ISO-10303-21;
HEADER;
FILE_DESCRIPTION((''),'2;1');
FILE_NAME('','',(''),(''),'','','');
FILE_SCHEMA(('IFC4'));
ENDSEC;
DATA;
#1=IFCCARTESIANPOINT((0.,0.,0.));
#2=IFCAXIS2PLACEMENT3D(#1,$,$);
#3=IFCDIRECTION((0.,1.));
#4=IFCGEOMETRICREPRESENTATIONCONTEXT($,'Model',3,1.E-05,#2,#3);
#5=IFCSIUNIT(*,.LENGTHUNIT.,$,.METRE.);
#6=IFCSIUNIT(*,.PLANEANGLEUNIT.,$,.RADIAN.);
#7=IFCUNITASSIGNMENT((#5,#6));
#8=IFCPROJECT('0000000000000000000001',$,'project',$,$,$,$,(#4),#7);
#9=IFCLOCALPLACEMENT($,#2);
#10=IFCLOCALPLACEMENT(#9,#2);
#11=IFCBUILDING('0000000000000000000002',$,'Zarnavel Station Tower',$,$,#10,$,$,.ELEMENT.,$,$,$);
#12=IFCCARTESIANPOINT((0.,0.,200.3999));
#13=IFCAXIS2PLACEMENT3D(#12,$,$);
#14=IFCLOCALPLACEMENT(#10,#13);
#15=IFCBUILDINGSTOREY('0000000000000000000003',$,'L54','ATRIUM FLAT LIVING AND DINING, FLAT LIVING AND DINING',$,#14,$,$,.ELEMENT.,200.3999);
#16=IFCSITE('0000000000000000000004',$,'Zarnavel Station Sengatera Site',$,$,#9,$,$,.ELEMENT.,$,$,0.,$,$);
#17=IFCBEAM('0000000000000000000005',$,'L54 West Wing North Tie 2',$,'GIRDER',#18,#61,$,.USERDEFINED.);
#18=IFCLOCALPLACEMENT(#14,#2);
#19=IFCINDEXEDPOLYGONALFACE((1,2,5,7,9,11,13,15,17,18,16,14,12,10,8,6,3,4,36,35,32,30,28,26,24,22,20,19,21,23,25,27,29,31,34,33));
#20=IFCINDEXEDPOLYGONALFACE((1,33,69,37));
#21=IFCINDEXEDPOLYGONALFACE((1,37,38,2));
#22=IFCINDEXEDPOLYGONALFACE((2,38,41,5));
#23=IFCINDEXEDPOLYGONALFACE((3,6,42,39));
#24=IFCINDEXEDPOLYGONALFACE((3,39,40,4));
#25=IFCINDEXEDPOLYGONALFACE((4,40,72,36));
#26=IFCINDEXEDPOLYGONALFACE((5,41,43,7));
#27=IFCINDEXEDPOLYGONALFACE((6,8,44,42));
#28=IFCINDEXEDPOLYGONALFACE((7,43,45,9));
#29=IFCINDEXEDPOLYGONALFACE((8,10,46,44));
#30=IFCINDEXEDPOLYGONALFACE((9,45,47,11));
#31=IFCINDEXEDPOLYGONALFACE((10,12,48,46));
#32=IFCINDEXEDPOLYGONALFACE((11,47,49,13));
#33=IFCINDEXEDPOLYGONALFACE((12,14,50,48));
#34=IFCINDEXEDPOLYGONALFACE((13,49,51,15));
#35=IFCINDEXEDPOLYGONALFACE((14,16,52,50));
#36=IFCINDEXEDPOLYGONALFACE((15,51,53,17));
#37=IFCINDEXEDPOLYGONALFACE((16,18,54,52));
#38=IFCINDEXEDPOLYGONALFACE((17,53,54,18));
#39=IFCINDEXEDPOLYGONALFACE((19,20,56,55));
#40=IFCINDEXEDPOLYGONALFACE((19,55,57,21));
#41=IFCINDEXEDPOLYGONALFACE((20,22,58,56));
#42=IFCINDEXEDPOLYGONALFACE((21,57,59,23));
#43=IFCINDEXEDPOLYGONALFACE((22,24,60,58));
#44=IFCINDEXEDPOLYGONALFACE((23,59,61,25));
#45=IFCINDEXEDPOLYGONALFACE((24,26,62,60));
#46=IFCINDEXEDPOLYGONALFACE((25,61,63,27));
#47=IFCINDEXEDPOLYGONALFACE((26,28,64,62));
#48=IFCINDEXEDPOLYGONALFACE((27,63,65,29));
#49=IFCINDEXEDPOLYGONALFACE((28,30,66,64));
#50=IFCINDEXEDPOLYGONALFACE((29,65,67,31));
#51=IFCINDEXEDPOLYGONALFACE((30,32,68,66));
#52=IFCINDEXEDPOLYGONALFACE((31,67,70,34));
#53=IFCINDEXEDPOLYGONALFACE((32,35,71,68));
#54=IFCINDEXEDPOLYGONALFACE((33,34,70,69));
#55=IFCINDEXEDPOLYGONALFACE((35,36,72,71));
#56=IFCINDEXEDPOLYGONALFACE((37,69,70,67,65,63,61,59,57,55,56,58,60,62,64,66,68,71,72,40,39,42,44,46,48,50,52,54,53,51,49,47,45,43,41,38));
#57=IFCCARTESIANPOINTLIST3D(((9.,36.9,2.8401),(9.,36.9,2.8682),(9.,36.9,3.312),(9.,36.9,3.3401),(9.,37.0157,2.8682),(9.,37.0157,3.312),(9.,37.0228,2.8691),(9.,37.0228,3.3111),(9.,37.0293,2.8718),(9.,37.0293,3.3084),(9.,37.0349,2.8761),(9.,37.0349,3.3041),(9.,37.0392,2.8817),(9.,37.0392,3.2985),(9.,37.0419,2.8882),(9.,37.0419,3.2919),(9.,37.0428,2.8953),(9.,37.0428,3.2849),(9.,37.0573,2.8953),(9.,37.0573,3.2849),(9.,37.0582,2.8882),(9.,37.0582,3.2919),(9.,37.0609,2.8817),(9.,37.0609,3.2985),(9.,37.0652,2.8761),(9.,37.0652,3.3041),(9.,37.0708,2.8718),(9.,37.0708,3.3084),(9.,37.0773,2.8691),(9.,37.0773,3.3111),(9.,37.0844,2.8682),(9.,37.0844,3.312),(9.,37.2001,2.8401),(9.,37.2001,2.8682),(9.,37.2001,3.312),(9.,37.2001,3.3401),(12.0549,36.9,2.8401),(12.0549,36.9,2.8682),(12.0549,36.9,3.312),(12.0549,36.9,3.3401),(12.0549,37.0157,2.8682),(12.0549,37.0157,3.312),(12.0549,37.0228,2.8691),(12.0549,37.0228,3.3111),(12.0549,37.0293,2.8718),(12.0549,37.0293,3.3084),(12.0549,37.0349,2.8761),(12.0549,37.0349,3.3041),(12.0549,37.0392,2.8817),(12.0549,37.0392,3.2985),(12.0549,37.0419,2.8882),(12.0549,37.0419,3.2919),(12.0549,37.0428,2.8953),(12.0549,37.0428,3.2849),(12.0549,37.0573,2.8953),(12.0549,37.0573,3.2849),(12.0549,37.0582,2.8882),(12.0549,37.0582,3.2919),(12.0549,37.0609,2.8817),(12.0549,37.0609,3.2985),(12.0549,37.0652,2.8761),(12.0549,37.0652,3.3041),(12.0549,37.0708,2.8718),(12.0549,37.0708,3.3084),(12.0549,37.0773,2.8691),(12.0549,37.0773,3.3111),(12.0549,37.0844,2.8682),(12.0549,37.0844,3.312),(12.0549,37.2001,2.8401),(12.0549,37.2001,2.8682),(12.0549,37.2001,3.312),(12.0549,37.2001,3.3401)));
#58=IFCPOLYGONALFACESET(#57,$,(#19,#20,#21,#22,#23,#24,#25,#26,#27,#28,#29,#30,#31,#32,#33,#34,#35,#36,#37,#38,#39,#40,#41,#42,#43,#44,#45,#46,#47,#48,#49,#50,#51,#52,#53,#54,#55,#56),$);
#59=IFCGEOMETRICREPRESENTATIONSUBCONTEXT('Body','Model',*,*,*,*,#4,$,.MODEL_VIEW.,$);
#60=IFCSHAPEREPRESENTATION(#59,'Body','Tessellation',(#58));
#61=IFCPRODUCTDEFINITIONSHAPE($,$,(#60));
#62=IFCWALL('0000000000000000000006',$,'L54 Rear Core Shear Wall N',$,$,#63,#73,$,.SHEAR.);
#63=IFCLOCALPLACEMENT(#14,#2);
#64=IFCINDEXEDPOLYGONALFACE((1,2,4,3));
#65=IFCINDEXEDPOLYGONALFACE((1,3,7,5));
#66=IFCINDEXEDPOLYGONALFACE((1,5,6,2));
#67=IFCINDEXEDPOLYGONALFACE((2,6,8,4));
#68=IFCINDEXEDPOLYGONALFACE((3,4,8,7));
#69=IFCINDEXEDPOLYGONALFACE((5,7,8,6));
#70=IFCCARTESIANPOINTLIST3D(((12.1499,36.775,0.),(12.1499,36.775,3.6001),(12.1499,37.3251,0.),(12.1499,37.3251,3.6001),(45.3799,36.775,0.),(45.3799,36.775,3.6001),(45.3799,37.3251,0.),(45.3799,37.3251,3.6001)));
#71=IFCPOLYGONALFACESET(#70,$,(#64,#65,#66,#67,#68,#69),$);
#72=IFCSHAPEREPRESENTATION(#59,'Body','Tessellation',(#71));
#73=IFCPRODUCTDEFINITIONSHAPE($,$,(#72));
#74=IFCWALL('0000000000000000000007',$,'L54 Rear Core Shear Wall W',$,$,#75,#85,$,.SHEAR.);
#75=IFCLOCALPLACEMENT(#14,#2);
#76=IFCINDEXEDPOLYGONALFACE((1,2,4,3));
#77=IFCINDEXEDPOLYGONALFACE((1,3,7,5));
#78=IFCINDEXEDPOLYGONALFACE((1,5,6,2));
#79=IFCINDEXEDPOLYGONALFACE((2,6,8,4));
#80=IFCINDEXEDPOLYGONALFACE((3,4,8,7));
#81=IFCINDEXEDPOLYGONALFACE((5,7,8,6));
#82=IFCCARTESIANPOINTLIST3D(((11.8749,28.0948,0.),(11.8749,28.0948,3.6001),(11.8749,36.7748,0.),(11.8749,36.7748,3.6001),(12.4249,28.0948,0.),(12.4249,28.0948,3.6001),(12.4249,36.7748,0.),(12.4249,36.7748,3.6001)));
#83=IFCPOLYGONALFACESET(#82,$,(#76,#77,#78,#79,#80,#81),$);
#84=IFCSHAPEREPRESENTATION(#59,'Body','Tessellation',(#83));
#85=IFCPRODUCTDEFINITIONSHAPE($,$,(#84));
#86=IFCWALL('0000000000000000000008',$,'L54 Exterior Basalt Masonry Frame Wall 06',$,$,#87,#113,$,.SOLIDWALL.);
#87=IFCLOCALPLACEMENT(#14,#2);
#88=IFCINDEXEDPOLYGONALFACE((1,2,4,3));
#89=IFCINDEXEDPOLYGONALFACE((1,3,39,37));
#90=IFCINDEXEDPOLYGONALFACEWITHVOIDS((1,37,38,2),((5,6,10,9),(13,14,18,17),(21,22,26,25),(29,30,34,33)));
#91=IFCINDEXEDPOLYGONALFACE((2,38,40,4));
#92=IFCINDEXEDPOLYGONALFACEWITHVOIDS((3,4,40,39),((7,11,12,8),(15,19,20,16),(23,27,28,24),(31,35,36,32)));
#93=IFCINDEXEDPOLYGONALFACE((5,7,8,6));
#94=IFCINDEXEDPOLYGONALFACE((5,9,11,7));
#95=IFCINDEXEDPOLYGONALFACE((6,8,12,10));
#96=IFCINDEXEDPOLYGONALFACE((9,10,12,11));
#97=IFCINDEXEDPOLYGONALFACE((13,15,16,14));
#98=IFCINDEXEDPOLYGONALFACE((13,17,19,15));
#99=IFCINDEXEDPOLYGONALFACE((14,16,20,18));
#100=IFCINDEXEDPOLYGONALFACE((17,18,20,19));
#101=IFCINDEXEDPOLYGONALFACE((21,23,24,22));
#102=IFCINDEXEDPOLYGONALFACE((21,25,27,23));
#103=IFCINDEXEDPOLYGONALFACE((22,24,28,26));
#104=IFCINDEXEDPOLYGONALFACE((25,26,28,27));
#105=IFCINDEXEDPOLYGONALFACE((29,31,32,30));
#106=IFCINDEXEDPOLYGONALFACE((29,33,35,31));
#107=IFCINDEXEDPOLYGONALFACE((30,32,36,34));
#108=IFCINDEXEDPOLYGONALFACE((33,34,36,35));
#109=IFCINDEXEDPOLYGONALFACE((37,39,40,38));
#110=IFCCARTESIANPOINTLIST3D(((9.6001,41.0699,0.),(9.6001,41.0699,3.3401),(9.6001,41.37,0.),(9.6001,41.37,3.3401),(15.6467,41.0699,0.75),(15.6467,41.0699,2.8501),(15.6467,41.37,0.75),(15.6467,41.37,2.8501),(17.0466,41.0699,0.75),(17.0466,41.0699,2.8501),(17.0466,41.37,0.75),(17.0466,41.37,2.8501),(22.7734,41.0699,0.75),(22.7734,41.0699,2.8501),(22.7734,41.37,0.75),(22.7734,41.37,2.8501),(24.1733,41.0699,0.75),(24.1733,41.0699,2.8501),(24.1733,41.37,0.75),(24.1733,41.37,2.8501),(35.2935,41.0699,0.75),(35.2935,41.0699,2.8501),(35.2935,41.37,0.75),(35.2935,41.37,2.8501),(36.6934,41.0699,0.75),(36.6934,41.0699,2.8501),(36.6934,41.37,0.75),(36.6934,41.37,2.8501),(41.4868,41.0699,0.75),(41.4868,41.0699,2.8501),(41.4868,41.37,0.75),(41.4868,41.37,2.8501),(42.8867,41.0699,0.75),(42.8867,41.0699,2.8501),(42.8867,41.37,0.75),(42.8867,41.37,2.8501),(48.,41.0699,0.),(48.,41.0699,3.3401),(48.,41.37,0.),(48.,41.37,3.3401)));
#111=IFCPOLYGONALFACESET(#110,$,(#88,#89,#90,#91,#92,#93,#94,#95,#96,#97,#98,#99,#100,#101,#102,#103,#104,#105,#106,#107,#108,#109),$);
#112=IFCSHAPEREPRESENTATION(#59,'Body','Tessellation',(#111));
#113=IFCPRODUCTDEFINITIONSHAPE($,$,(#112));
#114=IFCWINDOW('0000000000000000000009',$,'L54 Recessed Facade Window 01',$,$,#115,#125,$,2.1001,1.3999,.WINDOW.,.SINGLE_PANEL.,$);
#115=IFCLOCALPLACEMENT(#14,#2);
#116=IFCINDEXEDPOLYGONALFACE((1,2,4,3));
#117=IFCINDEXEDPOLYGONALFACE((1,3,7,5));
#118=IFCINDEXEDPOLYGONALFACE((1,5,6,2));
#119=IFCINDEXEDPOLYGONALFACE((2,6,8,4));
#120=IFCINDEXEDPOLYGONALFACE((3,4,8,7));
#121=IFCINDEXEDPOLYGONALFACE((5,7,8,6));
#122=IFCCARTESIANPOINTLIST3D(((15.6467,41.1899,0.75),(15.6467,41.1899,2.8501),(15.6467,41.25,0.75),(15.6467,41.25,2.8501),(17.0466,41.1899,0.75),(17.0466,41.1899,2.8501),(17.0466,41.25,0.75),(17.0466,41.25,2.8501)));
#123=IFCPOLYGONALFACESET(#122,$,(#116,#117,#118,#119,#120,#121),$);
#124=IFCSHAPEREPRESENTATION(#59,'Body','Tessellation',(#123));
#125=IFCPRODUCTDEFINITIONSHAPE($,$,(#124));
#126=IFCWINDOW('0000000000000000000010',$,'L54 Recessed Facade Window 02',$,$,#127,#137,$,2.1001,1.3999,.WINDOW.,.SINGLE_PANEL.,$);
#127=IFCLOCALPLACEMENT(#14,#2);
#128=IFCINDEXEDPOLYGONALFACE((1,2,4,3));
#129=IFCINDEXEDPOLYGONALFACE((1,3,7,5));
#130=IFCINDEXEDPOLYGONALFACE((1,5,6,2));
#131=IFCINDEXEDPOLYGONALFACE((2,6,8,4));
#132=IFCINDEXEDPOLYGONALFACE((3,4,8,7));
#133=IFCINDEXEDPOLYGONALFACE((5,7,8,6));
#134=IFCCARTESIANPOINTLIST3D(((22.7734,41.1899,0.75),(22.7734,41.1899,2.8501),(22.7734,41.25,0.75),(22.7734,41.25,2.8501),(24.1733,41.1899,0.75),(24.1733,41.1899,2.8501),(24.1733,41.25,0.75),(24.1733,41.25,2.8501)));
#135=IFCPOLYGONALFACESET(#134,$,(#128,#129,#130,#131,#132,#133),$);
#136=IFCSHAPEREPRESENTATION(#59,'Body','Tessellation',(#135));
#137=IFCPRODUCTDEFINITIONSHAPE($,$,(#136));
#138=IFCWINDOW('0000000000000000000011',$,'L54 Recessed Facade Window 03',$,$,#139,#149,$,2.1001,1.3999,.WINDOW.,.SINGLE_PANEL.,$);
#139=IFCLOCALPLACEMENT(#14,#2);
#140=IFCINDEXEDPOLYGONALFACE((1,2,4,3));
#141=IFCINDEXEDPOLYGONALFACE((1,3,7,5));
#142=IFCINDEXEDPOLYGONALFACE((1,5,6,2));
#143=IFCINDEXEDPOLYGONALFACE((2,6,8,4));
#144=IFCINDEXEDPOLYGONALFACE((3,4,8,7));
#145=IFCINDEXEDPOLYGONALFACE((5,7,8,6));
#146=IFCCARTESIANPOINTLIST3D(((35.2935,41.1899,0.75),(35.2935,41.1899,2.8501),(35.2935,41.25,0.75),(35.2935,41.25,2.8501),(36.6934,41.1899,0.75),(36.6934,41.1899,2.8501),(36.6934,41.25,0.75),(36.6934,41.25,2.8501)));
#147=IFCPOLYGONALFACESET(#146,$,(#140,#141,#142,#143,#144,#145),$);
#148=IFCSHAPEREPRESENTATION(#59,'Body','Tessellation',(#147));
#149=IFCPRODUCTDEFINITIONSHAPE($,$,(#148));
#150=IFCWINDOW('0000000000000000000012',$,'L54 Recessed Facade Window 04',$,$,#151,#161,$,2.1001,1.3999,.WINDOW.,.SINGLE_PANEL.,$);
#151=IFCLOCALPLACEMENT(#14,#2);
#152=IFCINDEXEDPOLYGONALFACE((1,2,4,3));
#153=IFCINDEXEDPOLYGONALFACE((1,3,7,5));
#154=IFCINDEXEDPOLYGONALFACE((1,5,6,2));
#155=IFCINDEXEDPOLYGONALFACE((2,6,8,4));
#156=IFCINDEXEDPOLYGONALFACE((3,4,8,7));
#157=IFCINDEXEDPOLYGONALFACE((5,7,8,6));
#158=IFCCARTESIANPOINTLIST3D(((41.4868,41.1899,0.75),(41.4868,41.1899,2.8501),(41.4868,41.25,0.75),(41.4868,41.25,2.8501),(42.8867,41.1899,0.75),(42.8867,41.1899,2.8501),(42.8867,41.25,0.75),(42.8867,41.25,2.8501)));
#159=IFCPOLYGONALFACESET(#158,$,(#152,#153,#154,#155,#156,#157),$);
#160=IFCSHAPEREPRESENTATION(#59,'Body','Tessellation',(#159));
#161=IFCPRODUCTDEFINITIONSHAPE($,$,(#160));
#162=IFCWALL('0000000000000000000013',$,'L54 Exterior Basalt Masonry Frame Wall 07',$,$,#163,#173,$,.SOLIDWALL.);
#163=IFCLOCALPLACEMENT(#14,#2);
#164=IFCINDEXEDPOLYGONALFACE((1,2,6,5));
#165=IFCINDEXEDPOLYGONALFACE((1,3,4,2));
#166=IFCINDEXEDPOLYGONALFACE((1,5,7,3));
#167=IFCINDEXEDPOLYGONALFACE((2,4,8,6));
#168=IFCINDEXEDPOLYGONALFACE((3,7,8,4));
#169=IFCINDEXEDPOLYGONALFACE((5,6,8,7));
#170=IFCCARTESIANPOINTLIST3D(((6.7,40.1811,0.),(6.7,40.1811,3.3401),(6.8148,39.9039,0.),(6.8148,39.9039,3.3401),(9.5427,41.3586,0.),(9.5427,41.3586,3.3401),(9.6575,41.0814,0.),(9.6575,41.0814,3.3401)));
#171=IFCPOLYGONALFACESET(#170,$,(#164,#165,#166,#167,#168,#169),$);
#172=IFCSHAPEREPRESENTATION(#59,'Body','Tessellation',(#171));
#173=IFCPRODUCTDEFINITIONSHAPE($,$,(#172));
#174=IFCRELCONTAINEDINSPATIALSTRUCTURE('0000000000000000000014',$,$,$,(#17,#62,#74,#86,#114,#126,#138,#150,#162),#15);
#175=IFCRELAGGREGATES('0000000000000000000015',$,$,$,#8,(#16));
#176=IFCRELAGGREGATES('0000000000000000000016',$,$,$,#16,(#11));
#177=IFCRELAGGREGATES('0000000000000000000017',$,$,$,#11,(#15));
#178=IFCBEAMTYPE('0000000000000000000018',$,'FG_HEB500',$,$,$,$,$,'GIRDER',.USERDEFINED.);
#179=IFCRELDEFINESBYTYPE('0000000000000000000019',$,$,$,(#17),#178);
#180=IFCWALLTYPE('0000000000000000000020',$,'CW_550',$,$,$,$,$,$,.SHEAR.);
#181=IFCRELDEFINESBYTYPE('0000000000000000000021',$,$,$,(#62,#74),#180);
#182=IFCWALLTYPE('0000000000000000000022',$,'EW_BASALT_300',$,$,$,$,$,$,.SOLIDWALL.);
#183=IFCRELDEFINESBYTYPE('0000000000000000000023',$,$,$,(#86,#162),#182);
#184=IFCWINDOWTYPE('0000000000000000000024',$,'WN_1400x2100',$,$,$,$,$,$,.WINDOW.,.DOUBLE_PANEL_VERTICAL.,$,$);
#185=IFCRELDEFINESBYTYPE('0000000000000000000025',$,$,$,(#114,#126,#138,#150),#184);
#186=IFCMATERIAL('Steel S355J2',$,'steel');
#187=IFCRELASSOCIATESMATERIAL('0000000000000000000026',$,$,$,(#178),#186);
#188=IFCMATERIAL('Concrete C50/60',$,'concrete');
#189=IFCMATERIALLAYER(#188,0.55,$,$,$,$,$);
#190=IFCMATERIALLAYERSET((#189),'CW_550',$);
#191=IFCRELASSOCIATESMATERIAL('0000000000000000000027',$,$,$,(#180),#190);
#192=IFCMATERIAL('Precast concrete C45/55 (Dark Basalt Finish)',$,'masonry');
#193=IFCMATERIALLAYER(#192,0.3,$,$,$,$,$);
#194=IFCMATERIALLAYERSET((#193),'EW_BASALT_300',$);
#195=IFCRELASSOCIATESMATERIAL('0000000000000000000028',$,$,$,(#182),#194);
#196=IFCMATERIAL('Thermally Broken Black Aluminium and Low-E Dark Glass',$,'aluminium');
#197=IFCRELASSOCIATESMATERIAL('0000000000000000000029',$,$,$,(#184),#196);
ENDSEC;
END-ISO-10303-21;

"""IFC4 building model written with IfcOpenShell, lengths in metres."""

from ifc_helpers import new_model, si_unit, direction, frame, frame_2d, origin, origin_2d, place, context, subcontext, project, spatial, rectangle, i_section, extrude, material, layer, layer_set, material_profile, profile_set, type_object, element, fill, save


model = new_model("IFC4")

# Units and contexts
model_context = context("Model", 3, precision=1e-05, world=origin(), true_north=direction((0.0, 1.0)))
body_context = subcontext(model_context, "Body", "Model", "MODEL_VIEW")
ifc_project = project(units=[si_unit("LENGTHUNIT", "METRE"), si_unit("PLANEANGLEUNIT", "RADIAN")], contexts=[model_context])

# Site, building, storey
site_placement = place(None, origin())
site = spatial("IfcSite", under=ifc_project, at=site_placement, Name="Zarnavel Station Sengatera Site", CompositionType="ELEMENT", RefElevation=0.0)
building_placement = place(site_placement, origin())
building = spatial("IfcBuilding", under=site, at=building_placement, Name="Zarnavel Station Tower", CompositionType="ELEMENT")
storey_placement = place(building_placement, frame((0.0, 0.0, 200.3999)))
storey = spatial("IfcBuildingStorey", under=building, at=storey_placement, Name="L54", Description="ATRIUM FLAT LIVING AND DINING, FLAT LIVING AND DINING", CompositionType="ELEMENT", Elevation=200.3999)

# Beam
ifc_material_1 = material(Name="Steel S355J2", Category="steel")
ifc_material_profile_1 = material_profile(ifc_material_1, i_section(OverallWidth=0.3, OverallDepth=0.5, WebThickness=0.0144, FlangeThickness=0.0281, FilletRadius=0.0271, at=origin_2d()), Name="HEB500")
ifc_profile_set_1 = profile_set([ifc_material_profile_1], Name="Steel S355J2")
beam_type = type_object("IfcBeamType", Name="FG_HEB500", ElementType="GIRDER", PredefinedType="USERDEFINED", material=ifc_profile_set_1)
beam_1_placement = place(storey_placement, frame((9.0, 37.05, 3.0901), z_axis=(1.0, 0.0, 0.0), x_axis=(0.0, 1.0, 0.0)))
element("IfcBeam", 1, at=beam_1_placement, inside=storey, type_object=beam_type, Name="L54 West Wing North Tie 2", ObjectType="GIRDER", PredefinedType="USERDEFINED", context=body_context, shape_type="SweptSolid", body=[
    extrude(i_section(OverallWidth=0.3, OverallDepth=0.5, WebThickness=0.0144, FlangeThickness=0.0281, FilletRadius=0.0271, at=origin_2d()), origin(), (0.0, 0.0, 1.0), 3.0549),
])

# Walls
ifc_material_2 = material(Name="Concrete C50/60", Category="concrete")
ifc_layer_1 = layer(ifc_material_2, 0.55)
ifc_layer_set_1 = layer_set([ifc_layer_1], Name="CW_550")
wall_type_1 = type_object("IfcWallType", Name="CW_550", PredefinedType="SHEAR", material=ifc_layer_set_1)
wall_1_placement = place(storey_placement, frame((12.1499, 37.05, 0.0), z_axis=(0.0, 0.0, 1.0), x_axis=(1.0, 0.0, 0.0)))
element("IfcWall", 2, at=wall_1_placement, inside=storey, type_object=wall_type_1, Name="L54 Rear Core Shear Wall N", PredefinedType="SHEAR", context=body_context, shape_type="SweptSolid", body=[
    extrude(rectangle(XDim=33.23, YDim=0.55, at=frame_2d((16.615, 0.0))), origin(), (0.0, 0.0, 1.0), 3.6001),
])
wall_2_placement = place(storey_placement, frame((12.1499, 28.095, 0.0), z_axis=(0.0, 0.0, 1.0), x_axis=(0.0, 1.0, 0.0)))
element("IfcWall", 3, at=wall_2_placement, inside=storey, type_object=wall_type_1, Name="L54 Rear Core Shear Wall W", PredefinedType="SHEAR", context=body_context, shape_type="SweptSolid", body=[
    extrude(rectangle(XDim=8.6799, YDim=0.55, at=frame_2d((4.3398, 0.0))), origin(), (0.0, 0.0, 1.0), 3.6001),
])

# Wall, openings, windows
ifc_material_3 = material(Name="Precast concrete C45/55 (Dark Basalt Finish)", Category="masonry")
ifc_layer_2 = layer(ifc_material_3, 0.3)
ifc_layer_set_2 = layer_set([ifc_layer_2], Name="EW_BASALT_300")
wall_type_2 = type_object("IfcWallType", Name="EW_BASALT_300", PredefinedType="SOLIDWALL", material=ifc_layer_set_2)
wall_3_placement = place(storey_placement, frame((9.6001, 41.22, 0.0), z_axis=(0.0, 0.0, 1.0), x_axis=(1.0, 0.0, 0.0)))
wall_3 = element("IfcWall", 4, at=wall_3_placement, inside=storey, type_object=wall_type_2, Name="L54 Exterior Basalt Masonry Frame Wall 06", PredefinedType="SOLIDWALL", context=body_context, shape_type="SweptSolid", body=[
    extrude(rectangle(XDim=38.3999, YDim=0.3, at=frame_2d((19.2, 0.0))), origin(), (0.0, 0.0, 1.0), 3.3401),
])
opening_1_placement = place(wall_3_placement, frame((6.0466, 0.0, 0.75)))
opening_1 = element("IfcOpeningElement", 5, at=opening_1_placement, cuts=wall_3, PredefinedType="OPENING", context=body_context, shape_type="SweptSolid", body=[
    extrude(rectangle(XDim=1.3999, YDim=2.1001, at=frame_2d((0.7, 1.05))), frame((0.0, 0.1599, 0.0), z_axis=(0.0, -1.0, 0.0), x_axis=(1.0, 0.0, 0.0)), (0.0, 0.0, 1.0), 0.3201),
])
opening_2_placement = place(wall_3_placement, frame((13.1733, 0.0, 0.75)))
opening_2 = element("IfcOpeningElement", 6, at=opening_2_placement, cuts=wall_3, PredefinedType="OPENING", context=body_context, shape_type="SweptSolid", body=[
    extrude(rectangle(XDim=1.3999, YDim=2.1001, at=frame_2d((0.7, 1.05))), frame((0.0, 0.1599, 0.0), z_axis=(0.0, -1.0, 0.0), x_axis=(1.0, 0.0, 0.0)), (0.0, 0.0, 1.0), 0.3201),
])
opening_3_placement = place(wall_3_placement, frame((25.6934, 0.0, 0.75)))
opening_3 = element("IfcOpeningElement", 7, at=opening_3_placement, cuts=wall_3, PredefinedType="OPENING", context=body_context, shape_type="SweptSolid", body=[
    extrude(rectangle(XDim=1.3999, YDim=2.1001, at=frame_2d((0.7, 1.05))), frame((0.0, 0.1599, 0.0), z_axis=(0.0, -1.0, 0.0), x_axis=(1.0, 0.0, 0.0)), (0.0, 0.0, 1.0), 0.3201),
])
opening_4_placement = place(wall_3_placement, frame((31.8867, 0.0, 0.75)))
opening_4 = element("IfcOpeningElement", 8, at=opening_4_placement, cuts=wall_3, PredefinedType="OPENING", context=body_context, shape_type="SweptSolid", body=[
    extrude(rectangle(XDim=1.3999, YDim=2.1001, at=frame_2d((0.7, 1.05))), frame((0.0, 0.1599, 0.0), z_axis=(0.0, -1.0, 0.0), x_axis=(1.0, 0.0, 0.0)), (0.0, 0.0, 1.0), 0.3201),
])
ifc_material_4 = material(Name="Thermally Broken Black Aluminium and Low-E Dark Glass", Category="aluminium")
window_type = type_object("IfcWindowType", Name="WN_1400x2100", PartitioningType="DOUBLE_PANEL_VERTICAL", PredefinedType="WINDOW", material=ifc_material_4)
window_1_placement = place(opening_1_placement, origin())
window_1 = element("IfcWindow", 9, at=window_1_placement, inside=storey, type_object=window_type, Name="L54 Recessed Facade Window 01", OverallHeight=2.1001, OverallWidth=1.3999, PartitioningType="SINGLE_PANEL", PredefinedType="WINDOW", context=body_context, shape_type="SweptSolid", body=[
    extrude(rectangle(XDim=1.3999, YDim=2.1001, at=frame_2d((0.7, 1.05))), frame((0.0, 0.03, 0.0), z_axis=(0.0, -1.0, 0.0), x_axis=(1.0, 0.0, 0.0)), (0.0, 0.0, 1.0), 0.0601),
])
fill(opening_1, window_1)
window_2_placement = place(opening_2_placement, origin())
window_2 = element("IfcWindow", 10, at=window_2_placement, inside=storey, type_object=window_type, Name="L54 Recessed Facade Window 02", OverallHeight=2.1001, OverallWidth=1.3999, PartitioningType="SINGLE_PANEL", PredefinedType="WINDOW", context=body_context, shape_type="SweptSolid", body=[
    extrude(rectangle(XDim=1.3999, YDim=2.1001, at=frame_2d((0.7, 1.05))), frame((0.0, 0.03, 0.0), z_axis=(0.0, -1.0, 0.0), x_axis=(1.0, 0.0, 0.0)), (0.0, 0.0, 1.0), 0.0601),
])
fill(opening_2, window_2)
window_3_placement = place(opening_3_placement, origin())
window_3 = element("IfcWindow", 11, at=window_3_placement, inside=storey, type_object=window_type, Name="L54 Recessed Facade Window 03", OverallHeight=2.1001, OverallWidth=1.3999, PartitioningType="SINGLE_PANEL", PredefinedType="WINDOW", context=body_context, shape_type="SweptSolid", body=[
    extrude(rectangle(XDim=1.3999, YDim=2.1001, at=frame_2d((0.7, 1.05))), frame((0.0, 0.03, 0.0), z_axis=(0.0, -1.0, 0.0), x_axis=(1.0, 0.0, 0.0)), (0.0, 0.0, 1.0), 0.0601),
])
fill(opening_3, window_3)
window_4_placement = place(opening_4_placement, origin())
window_4 = element("IfcWindow", 12, at=window_4_placement, inside=storey, type_object=window_type, Name="L54 Recessed Facade Window 04", OverallHeight=2.1001, OverallWidth=1.3999, PartitioningType="SINGLE_PANEL", PredefinedType="WINDOW", context=body_context, shape_type="SweptSolid", body=[
    extrude(rectangle(XDim=1.3999, YDim=2.1001, at=frame_2d((0.7, 1.05))), frame((0.0, 0.03, 0.0), z_axis=(0.0, -1.0, 0.0), x_axis=(1.0, 0.0, 0.0)), (0.0, 0.0, 1.0), 0.0601),
])
fill(opening_4, window_4)

# Wall
wall_4_placement = place(storey_placement, frame((6.7573, 40.0425, 0.0), z_axis=(0.0, 0.0, 1.0), x_axis=(0.923882, 0.382676, 0.0)))
element("IfcWall", 13, at=wall_4_placement, inside=storey, type_object=wall_type_2, Name="L54 Exterior Basalt Masonry Frame Wall 07", PredefinedType="SOLIDWALL", context=body_context, shape_type="SweptSolid", body=[
    extrude(rectangle(XDim=3.0769, YDim=0.3, at=frame_2d((1.5386, 0.0))), origin(), (0.0, 0.0, 1.0), 3.3401),
])

save(model, "model.ifc")
